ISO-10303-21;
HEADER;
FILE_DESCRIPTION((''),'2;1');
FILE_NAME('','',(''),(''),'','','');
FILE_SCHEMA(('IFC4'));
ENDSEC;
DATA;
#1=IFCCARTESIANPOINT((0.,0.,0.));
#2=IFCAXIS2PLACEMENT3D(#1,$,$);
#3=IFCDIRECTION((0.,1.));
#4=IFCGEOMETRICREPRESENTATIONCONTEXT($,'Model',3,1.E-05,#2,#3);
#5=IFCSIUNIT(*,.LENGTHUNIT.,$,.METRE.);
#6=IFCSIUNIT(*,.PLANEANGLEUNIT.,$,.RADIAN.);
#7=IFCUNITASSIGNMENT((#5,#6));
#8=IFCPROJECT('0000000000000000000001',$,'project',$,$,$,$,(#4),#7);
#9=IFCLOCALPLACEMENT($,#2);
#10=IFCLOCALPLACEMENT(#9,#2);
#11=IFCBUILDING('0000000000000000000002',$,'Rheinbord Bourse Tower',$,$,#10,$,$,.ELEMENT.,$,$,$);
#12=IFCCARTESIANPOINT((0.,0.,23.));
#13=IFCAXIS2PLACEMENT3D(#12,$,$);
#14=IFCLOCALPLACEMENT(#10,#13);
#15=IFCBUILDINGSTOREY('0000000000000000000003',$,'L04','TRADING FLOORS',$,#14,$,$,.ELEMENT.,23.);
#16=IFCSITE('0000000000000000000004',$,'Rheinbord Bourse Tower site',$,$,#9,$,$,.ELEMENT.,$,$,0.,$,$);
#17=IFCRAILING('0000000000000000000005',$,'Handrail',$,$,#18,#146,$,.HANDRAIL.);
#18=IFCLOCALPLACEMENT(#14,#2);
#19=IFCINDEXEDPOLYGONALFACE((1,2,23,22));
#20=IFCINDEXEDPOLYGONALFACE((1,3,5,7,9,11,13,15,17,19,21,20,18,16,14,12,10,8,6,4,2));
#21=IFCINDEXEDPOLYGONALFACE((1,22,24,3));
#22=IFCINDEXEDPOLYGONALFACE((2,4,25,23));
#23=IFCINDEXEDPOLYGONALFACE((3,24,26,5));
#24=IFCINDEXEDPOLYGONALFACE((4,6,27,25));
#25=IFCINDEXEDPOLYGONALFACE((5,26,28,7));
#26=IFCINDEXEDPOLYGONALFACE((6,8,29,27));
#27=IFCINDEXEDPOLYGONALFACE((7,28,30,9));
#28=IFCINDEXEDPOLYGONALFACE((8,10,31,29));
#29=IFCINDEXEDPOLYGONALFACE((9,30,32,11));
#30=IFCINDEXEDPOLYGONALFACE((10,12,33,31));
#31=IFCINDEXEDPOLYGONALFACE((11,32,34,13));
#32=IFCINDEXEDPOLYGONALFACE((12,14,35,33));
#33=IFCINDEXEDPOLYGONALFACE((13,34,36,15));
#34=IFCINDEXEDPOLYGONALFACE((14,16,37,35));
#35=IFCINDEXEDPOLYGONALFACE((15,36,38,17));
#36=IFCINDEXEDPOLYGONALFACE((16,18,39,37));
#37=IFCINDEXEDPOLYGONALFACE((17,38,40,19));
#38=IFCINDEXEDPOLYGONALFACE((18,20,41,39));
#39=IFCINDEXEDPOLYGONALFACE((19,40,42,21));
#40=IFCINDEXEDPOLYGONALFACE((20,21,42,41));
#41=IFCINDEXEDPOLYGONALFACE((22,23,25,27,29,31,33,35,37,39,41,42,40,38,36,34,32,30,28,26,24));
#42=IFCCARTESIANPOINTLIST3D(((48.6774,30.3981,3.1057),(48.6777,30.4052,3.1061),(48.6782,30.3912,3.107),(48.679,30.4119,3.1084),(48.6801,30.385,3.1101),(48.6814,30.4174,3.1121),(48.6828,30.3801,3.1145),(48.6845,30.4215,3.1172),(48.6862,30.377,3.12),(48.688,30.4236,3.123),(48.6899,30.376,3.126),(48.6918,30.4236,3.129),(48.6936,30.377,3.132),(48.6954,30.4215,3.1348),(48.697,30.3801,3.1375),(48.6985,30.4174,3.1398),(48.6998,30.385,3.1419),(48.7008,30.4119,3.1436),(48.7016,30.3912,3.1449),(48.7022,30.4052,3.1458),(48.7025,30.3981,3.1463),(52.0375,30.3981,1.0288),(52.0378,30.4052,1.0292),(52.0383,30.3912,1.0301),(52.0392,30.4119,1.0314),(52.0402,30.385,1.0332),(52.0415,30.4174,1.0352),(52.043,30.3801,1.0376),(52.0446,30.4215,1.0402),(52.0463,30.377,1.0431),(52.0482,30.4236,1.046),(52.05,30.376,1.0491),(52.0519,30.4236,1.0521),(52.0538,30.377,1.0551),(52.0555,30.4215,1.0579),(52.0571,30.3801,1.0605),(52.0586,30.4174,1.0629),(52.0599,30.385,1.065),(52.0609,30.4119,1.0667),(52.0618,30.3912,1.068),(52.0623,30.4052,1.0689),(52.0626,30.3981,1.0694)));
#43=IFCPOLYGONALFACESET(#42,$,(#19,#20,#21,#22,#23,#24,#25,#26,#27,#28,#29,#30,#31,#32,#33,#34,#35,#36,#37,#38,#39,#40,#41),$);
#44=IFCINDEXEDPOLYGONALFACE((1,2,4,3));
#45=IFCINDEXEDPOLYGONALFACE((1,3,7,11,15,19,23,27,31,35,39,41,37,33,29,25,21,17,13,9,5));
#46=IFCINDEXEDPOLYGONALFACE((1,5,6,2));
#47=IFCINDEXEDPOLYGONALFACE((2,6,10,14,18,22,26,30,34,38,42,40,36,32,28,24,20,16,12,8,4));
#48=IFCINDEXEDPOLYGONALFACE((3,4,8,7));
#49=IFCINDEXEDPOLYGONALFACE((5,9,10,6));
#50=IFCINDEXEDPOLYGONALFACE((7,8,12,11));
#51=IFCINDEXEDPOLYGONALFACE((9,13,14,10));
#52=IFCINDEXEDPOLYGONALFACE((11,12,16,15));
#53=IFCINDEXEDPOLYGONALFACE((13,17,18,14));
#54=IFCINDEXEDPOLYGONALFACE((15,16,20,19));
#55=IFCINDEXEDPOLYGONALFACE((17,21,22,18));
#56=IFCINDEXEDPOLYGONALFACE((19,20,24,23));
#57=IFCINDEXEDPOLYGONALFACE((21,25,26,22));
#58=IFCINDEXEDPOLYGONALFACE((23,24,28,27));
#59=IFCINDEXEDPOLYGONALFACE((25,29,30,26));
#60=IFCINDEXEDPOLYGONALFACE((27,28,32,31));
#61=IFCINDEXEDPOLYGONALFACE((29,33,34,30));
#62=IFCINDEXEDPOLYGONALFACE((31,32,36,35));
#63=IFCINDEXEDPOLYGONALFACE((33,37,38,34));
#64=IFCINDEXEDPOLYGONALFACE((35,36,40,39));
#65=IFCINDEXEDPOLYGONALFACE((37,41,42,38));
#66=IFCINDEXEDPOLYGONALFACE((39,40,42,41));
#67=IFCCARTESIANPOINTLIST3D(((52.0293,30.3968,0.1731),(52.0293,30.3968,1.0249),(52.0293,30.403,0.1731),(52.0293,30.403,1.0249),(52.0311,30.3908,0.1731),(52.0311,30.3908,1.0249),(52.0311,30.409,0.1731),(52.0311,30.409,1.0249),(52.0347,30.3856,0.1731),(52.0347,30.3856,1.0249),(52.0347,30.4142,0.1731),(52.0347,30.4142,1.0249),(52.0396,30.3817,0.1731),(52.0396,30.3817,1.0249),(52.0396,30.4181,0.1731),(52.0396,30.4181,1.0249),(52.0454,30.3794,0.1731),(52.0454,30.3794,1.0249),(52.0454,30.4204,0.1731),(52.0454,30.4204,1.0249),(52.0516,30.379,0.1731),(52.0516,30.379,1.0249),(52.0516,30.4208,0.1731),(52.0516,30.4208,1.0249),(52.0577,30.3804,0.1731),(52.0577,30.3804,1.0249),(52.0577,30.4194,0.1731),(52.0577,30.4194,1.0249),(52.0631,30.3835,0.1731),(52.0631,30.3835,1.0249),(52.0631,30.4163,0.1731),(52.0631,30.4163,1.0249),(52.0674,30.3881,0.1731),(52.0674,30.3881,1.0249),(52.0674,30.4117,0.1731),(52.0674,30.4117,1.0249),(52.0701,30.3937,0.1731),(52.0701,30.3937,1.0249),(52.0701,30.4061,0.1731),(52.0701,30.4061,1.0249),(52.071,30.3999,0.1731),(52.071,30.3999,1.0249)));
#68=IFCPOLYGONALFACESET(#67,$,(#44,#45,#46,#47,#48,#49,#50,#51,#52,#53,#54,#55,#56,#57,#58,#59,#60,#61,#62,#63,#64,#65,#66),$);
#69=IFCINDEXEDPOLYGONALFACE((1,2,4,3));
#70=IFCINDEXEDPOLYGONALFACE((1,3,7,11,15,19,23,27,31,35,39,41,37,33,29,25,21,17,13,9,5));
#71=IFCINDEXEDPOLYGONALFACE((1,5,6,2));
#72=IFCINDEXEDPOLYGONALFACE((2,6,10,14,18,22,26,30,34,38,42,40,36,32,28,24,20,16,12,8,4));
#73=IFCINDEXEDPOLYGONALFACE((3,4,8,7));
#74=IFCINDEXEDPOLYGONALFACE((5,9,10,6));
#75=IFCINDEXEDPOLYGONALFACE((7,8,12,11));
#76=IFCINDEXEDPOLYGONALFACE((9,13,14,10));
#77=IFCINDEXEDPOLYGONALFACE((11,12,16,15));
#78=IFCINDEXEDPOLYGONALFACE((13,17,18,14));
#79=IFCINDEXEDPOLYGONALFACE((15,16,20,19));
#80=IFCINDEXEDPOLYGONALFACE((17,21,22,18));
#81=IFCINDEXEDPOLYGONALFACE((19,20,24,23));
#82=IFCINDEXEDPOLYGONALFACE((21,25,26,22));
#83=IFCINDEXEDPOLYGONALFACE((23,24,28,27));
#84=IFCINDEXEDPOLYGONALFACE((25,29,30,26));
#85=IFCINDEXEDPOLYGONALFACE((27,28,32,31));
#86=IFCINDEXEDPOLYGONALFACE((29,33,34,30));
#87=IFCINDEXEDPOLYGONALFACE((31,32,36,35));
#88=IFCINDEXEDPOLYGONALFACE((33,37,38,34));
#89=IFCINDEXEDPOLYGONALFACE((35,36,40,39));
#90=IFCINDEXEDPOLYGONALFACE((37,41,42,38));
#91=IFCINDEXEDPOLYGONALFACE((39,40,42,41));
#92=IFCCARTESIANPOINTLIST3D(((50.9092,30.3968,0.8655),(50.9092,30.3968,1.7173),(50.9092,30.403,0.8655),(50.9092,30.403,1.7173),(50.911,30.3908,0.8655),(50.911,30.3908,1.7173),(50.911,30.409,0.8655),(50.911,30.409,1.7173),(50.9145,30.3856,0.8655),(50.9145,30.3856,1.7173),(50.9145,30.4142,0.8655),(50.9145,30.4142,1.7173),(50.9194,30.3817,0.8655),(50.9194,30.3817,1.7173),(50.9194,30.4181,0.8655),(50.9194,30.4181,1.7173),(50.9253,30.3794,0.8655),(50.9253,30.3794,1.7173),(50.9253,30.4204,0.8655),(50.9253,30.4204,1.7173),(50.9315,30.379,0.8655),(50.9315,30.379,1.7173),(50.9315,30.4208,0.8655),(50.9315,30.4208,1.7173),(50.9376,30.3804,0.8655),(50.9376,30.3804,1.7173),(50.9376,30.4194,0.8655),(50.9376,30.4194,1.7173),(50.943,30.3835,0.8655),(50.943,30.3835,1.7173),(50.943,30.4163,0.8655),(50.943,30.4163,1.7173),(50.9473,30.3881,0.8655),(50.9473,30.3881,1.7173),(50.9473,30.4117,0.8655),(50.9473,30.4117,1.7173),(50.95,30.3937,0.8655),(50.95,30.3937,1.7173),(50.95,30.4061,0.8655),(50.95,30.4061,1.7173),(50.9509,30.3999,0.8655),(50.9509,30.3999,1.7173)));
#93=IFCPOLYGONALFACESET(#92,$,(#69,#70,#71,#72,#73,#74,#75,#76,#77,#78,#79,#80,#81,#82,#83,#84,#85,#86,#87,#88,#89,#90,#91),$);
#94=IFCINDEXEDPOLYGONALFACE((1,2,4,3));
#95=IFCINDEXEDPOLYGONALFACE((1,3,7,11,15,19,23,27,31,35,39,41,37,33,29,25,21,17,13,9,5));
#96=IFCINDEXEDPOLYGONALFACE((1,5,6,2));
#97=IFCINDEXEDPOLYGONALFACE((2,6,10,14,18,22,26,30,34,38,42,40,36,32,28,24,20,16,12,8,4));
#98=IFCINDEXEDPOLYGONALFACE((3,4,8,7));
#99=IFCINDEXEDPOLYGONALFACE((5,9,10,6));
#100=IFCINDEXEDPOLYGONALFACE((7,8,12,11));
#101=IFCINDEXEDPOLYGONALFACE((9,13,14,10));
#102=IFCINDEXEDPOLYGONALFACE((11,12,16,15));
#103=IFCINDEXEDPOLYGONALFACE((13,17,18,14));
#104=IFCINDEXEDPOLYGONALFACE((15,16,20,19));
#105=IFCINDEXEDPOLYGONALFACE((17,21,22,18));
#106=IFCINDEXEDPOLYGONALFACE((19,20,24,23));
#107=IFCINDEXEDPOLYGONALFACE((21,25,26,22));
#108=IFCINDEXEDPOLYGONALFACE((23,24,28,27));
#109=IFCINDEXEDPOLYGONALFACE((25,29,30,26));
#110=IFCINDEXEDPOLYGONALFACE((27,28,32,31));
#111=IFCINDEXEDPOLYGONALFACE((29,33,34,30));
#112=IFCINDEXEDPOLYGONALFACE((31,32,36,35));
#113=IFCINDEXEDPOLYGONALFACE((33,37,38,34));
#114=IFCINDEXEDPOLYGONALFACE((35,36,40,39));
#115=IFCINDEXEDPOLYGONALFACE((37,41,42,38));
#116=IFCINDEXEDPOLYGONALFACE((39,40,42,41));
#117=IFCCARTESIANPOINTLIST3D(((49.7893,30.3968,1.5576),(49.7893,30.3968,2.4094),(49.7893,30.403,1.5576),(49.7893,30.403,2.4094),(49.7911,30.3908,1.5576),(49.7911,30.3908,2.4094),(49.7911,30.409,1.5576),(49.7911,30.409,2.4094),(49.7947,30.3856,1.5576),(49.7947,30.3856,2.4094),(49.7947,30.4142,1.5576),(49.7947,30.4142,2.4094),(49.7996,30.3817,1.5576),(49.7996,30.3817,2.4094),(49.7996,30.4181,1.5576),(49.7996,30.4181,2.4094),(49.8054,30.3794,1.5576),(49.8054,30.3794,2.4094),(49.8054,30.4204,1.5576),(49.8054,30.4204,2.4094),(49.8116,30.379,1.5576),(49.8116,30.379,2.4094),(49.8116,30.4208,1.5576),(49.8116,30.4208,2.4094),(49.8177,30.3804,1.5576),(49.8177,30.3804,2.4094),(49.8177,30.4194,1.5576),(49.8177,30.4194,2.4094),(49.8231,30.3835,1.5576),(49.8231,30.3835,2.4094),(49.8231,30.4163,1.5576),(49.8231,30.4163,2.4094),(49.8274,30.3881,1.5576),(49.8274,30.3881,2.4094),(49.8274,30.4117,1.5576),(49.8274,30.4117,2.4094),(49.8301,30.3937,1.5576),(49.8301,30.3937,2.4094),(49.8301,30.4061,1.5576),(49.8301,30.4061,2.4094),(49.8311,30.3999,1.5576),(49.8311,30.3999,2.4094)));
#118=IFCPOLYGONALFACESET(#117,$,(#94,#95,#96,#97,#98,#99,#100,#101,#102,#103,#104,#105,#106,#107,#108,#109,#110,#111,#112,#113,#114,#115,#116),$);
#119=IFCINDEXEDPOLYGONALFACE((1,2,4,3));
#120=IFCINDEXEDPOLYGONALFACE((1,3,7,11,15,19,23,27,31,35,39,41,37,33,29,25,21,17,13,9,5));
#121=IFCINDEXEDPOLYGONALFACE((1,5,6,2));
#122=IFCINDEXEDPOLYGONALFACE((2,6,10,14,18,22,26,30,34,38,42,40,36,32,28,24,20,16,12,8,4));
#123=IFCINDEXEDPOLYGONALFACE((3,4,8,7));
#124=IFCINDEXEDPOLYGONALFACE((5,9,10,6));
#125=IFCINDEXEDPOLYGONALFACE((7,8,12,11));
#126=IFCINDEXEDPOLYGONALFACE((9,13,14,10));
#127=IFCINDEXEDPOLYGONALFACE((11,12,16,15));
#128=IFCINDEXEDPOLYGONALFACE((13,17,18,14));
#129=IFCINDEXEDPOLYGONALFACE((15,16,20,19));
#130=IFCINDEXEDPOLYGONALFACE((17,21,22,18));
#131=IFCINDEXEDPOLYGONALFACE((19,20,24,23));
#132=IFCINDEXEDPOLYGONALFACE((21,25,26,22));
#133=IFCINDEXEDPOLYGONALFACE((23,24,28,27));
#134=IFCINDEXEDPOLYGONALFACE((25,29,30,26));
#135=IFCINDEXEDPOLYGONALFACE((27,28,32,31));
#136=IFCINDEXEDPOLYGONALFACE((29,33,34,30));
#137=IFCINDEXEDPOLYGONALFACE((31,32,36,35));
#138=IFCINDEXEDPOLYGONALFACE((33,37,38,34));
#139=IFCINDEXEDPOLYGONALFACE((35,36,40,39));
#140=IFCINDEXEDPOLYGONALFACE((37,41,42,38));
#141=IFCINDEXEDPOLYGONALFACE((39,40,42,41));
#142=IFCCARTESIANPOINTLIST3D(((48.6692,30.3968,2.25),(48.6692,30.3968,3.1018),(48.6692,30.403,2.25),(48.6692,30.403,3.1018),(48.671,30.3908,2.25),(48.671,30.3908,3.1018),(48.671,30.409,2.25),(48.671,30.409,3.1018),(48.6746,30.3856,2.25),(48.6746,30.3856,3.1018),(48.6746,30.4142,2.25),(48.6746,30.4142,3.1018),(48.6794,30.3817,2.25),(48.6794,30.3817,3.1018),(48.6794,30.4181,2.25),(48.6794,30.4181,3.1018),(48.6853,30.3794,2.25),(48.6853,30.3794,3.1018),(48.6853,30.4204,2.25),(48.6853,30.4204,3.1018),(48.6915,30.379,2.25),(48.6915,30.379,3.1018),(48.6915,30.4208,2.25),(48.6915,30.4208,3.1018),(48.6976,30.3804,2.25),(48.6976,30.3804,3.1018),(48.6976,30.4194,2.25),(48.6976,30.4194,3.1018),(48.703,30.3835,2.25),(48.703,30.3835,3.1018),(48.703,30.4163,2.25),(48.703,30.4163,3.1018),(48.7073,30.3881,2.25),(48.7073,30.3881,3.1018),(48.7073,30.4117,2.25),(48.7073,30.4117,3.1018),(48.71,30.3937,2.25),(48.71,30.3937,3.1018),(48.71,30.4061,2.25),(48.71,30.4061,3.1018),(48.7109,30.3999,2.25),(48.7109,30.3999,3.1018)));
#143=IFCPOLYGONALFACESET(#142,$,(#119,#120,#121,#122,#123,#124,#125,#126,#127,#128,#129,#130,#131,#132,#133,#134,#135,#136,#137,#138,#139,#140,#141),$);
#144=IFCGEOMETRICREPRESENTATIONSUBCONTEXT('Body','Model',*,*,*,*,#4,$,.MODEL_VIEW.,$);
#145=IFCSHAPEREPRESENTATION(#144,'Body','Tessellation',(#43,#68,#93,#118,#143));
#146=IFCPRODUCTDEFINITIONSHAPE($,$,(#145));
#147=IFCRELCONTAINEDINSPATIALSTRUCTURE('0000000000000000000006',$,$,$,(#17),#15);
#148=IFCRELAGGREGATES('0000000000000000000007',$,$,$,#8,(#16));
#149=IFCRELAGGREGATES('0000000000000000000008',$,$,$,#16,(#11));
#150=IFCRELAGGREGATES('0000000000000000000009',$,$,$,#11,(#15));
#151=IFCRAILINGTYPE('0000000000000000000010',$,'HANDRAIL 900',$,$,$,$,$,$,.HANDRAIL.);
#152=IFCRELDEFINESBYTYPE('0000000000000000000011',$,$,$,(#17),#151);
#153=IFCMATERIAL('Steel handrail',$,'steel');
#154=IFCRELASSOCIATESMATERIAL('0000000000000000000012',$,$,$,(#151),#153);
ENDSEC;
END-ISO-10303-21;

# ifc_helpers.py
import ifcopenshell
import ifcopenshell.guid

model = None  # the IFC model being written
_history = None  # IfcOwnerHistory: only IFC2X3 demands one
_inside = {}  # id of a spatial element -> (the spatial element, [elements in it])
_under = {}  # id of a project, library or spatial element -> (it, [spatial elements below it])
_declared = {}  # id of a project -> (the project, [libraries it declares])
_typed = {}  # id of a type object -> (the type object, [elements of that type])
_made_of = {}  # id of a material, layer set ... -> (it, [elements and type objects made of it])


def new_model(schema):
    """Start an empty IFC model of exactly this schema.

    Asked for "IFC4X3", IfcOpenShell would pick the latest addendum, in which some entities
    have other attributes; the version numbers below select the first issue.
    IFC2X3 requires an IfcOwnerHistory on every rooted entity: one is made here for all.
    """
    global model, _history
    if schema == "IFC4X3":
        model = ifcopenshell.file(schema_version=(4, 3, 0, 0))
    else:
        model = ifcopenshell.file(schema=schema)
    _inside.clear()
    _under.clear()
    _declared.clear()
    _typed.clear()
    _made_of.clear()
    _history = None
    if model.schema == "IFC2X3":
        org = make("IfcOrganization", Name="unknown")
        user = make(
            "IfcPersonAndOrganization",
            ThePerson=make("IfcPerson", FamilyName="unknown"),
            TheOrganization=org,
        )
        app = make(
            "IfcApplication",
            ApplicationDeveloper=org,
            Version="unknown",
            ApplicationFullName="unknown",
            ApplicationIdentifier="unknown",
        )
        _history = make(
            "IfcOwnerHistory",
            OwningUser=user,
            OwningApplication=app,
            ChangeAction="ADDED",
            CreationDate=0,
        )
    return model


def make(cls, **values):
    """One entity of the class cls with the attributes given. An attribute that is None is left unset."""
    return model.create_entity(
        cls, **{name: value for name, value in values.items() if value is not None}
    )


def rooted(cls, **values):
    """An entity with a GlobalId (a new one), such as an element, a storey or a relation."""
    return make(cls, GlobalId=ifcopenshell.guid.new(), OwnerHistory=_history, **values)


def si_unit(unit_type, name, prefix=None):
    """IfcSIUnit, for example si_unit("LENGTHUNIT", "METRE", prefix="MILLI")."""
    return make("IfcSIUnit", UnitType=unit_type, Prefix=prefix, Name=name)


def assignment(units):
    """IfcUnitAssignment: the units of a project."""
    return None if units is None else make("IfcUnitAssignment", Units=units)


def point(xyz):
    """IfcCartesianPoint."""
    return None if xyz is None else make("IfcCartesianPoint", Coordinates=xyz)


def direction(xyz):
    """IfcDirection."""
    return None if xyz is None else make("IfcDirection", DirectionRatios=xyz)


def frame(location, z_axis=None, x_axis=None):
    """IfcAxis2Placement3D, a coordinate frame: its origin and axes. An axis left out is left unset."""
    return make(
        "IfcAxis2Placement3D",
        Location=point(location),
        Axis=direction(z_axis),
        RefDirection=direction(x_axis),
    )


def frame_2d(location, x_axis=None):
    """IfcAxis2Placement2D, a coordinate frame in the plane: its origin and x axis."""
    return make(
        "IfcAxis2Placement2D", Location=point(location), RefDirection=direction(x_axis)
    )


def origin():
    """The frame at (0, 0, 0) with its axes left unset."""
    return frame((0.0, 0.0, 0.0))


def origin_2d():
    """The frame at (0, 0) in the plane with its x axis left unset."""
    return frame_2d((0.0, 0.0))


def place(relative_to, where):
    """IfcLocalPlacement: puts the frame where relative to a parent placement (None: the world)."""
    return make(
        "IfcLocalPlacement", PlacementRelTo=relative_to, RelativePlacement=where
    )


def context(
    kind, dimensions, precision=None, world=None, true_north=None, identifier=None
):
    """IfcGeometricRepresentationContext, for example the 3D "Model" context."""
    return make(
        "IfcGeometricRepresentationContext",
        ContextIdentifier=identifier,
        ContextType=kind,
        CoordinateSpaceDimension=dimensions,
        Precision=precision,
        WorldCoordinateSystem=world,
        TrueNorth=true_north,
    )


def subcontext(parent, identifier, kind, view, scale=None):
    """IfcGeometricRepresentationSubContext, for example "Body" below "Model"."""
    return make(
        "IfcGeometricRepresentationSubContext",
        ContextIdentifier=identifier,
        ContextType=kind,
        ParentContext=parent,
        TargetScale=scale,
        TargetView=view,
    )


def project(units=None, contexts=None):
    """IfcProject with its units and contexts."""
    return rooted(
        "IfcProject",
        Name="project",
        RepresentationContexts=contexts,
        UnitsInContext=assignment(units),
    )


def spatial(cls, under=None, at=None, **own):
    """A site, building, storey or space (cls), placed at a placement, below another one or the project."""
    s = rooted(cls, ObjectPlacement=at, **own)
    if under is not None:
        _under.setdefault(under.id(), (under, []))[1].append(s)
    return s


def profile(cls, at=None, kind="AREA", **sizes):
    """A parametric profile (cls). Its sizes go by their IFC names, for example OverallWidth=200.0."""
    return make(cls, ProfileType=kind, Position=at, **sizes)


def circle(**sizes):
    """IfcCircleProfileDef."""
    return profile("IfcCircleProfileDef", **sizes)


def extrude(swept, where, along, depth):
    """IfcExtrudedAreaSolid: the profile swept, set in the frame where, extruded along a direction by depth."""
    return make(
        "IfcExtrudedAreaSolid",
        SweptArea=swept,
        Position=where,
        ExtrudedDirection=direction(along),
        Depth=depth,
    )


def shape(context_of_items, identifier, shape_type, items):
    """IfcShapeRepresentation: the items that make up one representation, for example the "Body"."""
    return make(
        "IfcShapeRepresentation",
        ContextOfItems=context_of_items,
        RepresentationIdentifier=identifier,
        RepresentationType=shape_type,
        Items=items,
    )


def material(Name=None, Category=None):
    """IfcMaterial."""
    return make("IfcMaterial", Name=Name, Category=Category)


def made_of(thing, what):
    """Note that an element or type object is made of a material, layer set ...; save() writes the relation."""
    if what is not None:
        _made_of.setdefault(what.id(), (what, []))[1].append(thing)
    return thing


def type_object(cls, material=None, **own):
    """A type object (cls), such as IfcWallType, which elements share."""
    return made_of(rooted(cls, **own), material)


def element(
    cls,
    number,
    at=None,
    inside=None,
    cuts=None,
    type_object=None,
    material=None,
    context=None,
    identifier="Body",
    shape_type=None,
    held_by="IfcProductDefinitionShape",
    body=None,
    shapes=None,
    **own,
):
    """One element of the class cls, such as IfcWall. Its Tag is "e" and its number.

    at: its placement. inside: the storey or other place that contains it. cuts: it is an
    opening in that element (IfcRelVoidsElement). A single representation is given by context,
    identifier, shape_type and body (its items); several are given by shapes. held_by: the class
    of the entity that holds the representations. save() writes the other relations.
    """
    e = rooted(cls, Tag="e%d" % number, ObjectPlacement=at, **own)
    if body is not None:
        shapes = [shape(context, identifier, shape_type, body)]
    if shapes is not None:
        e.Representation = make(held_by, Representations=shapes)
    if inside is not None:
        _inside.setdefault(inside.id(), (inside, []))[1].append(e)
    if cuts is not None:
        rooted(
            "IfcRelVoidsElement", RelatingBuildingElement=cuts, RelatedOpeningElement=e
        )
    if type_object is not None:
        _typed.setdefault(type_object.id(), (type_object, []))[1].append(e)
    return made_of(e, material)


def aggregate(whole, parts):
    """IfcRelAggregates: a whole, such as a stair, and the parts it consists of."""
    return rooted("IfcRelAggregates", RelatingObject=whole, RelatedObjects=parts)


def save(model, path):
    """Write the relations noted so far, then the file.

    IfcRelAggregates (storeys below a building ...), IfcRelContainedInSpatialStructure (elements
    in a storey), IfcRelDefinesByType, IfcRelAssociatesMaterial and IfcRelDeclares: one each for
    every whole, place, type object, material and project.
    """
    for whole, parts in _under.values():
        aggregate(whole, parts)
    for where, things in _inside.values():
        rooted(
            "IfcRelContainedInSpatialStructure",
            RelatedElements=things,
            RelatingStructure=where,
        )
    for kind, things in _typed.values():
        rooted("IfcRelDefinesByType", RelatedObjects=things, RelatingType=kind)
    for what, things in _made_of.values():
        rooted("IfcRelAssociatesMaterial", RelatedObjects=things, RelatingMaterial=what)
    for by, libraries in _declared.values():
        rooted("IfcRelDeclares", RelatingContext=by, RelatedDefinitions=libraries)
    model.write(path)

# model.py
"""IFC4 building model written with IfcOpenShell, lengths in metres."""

from ifc_helpers import new_model, si_unit, direction, frame, origin, origin_2d, place, context, subcontext, project, spatial, circle, extrude, material, type_object, element, save


model = new_model("IFC4")

# Units and contexts
model_context = context("Model", 3, precision=1e-05, world=origin(), true_north=direction((0.0, 1.0)))
body_context = subcontext(model_context, "Body", "Model", "MODEL_VIEW")
ifc_project = project(units=[si_unit("LENGTHUNIT", "METRE"), si_unit("PLANEANGLEUNIT", "RADIAN")], contexts=[model_context])

# Site, building, storey
site_placement = place(None, origin())
site = spatial("IfcSite", under=ifc_project, at=site_placement, Name="Rheinbord Bourse Tower site", CompositionType="ELEMENT", RefElevation=0.0)
building_placement = place(site_placement, origin())
building = spatial("IfcBuilding", under=site, at=building_placement, Name="Rheinbord Bourse Tower", CompositionType="ELEMENT")
storey_placement = place(building_placement, frame((0.0, 0.0, 23.0)))
storey = spatial("IfcBuildingStorey", under=building, at=storey_placement, Name="L04", Description="TRADING FLOORS", CompositionType="ELEMENT", Elevation=23.0)

# Railing
ifc_material_1 = material(Name="Steel handrail", Category="steel")
railing_type = type_object("IfcRailingType", Name="HANDRAIL 900", PredefinedType="HANDRAIL", material=ifc_material_1)
railing_1_placement = place(storey_placement, frame((52.05, 30.3999, 0.1731)))
element("IfcRailing", 1, at=railing_1_placement, inside=storey, type_object=railing_type, Name="Handrail", PredefinedType="HANDRAIL", context=body_context, shape_type="SweptSolid", body=[
    extrude(circle(Radius=0.0239, at=origin_2d()), frame((0.0, 0.0, 0.876), z_axis=(-0.850623, 0.0, 0.525776), x_axis=(0.0, -1.0, 0.0)), (0.0, 0.0, 1.0), 3.9502),
    extrude(circle(Radius=0.021, at=origin_2d()), origin(), (0.0, 0.0, 1.0), 0.8518),
    extrude(circle(Radius=0.021, at=origin_2d()), frame((-1.1201, 0.0, 0.6924)), (0.0, 0.0, 1.0), 0.8518),
    extrude(circle(Radius=0.021, at=origin_2d()), frame((-2.24, 0.0, 1.3845)), (0.0, 0.0, 1.0), 0.8518),
    extrude(circle(Radius=0.021, at=origin_2d()), frame((-3.3601, 0.0, 2.0769)), (0.0, 0.0, 1.0), 0.8518),
])

save(model, "model.ifc")
